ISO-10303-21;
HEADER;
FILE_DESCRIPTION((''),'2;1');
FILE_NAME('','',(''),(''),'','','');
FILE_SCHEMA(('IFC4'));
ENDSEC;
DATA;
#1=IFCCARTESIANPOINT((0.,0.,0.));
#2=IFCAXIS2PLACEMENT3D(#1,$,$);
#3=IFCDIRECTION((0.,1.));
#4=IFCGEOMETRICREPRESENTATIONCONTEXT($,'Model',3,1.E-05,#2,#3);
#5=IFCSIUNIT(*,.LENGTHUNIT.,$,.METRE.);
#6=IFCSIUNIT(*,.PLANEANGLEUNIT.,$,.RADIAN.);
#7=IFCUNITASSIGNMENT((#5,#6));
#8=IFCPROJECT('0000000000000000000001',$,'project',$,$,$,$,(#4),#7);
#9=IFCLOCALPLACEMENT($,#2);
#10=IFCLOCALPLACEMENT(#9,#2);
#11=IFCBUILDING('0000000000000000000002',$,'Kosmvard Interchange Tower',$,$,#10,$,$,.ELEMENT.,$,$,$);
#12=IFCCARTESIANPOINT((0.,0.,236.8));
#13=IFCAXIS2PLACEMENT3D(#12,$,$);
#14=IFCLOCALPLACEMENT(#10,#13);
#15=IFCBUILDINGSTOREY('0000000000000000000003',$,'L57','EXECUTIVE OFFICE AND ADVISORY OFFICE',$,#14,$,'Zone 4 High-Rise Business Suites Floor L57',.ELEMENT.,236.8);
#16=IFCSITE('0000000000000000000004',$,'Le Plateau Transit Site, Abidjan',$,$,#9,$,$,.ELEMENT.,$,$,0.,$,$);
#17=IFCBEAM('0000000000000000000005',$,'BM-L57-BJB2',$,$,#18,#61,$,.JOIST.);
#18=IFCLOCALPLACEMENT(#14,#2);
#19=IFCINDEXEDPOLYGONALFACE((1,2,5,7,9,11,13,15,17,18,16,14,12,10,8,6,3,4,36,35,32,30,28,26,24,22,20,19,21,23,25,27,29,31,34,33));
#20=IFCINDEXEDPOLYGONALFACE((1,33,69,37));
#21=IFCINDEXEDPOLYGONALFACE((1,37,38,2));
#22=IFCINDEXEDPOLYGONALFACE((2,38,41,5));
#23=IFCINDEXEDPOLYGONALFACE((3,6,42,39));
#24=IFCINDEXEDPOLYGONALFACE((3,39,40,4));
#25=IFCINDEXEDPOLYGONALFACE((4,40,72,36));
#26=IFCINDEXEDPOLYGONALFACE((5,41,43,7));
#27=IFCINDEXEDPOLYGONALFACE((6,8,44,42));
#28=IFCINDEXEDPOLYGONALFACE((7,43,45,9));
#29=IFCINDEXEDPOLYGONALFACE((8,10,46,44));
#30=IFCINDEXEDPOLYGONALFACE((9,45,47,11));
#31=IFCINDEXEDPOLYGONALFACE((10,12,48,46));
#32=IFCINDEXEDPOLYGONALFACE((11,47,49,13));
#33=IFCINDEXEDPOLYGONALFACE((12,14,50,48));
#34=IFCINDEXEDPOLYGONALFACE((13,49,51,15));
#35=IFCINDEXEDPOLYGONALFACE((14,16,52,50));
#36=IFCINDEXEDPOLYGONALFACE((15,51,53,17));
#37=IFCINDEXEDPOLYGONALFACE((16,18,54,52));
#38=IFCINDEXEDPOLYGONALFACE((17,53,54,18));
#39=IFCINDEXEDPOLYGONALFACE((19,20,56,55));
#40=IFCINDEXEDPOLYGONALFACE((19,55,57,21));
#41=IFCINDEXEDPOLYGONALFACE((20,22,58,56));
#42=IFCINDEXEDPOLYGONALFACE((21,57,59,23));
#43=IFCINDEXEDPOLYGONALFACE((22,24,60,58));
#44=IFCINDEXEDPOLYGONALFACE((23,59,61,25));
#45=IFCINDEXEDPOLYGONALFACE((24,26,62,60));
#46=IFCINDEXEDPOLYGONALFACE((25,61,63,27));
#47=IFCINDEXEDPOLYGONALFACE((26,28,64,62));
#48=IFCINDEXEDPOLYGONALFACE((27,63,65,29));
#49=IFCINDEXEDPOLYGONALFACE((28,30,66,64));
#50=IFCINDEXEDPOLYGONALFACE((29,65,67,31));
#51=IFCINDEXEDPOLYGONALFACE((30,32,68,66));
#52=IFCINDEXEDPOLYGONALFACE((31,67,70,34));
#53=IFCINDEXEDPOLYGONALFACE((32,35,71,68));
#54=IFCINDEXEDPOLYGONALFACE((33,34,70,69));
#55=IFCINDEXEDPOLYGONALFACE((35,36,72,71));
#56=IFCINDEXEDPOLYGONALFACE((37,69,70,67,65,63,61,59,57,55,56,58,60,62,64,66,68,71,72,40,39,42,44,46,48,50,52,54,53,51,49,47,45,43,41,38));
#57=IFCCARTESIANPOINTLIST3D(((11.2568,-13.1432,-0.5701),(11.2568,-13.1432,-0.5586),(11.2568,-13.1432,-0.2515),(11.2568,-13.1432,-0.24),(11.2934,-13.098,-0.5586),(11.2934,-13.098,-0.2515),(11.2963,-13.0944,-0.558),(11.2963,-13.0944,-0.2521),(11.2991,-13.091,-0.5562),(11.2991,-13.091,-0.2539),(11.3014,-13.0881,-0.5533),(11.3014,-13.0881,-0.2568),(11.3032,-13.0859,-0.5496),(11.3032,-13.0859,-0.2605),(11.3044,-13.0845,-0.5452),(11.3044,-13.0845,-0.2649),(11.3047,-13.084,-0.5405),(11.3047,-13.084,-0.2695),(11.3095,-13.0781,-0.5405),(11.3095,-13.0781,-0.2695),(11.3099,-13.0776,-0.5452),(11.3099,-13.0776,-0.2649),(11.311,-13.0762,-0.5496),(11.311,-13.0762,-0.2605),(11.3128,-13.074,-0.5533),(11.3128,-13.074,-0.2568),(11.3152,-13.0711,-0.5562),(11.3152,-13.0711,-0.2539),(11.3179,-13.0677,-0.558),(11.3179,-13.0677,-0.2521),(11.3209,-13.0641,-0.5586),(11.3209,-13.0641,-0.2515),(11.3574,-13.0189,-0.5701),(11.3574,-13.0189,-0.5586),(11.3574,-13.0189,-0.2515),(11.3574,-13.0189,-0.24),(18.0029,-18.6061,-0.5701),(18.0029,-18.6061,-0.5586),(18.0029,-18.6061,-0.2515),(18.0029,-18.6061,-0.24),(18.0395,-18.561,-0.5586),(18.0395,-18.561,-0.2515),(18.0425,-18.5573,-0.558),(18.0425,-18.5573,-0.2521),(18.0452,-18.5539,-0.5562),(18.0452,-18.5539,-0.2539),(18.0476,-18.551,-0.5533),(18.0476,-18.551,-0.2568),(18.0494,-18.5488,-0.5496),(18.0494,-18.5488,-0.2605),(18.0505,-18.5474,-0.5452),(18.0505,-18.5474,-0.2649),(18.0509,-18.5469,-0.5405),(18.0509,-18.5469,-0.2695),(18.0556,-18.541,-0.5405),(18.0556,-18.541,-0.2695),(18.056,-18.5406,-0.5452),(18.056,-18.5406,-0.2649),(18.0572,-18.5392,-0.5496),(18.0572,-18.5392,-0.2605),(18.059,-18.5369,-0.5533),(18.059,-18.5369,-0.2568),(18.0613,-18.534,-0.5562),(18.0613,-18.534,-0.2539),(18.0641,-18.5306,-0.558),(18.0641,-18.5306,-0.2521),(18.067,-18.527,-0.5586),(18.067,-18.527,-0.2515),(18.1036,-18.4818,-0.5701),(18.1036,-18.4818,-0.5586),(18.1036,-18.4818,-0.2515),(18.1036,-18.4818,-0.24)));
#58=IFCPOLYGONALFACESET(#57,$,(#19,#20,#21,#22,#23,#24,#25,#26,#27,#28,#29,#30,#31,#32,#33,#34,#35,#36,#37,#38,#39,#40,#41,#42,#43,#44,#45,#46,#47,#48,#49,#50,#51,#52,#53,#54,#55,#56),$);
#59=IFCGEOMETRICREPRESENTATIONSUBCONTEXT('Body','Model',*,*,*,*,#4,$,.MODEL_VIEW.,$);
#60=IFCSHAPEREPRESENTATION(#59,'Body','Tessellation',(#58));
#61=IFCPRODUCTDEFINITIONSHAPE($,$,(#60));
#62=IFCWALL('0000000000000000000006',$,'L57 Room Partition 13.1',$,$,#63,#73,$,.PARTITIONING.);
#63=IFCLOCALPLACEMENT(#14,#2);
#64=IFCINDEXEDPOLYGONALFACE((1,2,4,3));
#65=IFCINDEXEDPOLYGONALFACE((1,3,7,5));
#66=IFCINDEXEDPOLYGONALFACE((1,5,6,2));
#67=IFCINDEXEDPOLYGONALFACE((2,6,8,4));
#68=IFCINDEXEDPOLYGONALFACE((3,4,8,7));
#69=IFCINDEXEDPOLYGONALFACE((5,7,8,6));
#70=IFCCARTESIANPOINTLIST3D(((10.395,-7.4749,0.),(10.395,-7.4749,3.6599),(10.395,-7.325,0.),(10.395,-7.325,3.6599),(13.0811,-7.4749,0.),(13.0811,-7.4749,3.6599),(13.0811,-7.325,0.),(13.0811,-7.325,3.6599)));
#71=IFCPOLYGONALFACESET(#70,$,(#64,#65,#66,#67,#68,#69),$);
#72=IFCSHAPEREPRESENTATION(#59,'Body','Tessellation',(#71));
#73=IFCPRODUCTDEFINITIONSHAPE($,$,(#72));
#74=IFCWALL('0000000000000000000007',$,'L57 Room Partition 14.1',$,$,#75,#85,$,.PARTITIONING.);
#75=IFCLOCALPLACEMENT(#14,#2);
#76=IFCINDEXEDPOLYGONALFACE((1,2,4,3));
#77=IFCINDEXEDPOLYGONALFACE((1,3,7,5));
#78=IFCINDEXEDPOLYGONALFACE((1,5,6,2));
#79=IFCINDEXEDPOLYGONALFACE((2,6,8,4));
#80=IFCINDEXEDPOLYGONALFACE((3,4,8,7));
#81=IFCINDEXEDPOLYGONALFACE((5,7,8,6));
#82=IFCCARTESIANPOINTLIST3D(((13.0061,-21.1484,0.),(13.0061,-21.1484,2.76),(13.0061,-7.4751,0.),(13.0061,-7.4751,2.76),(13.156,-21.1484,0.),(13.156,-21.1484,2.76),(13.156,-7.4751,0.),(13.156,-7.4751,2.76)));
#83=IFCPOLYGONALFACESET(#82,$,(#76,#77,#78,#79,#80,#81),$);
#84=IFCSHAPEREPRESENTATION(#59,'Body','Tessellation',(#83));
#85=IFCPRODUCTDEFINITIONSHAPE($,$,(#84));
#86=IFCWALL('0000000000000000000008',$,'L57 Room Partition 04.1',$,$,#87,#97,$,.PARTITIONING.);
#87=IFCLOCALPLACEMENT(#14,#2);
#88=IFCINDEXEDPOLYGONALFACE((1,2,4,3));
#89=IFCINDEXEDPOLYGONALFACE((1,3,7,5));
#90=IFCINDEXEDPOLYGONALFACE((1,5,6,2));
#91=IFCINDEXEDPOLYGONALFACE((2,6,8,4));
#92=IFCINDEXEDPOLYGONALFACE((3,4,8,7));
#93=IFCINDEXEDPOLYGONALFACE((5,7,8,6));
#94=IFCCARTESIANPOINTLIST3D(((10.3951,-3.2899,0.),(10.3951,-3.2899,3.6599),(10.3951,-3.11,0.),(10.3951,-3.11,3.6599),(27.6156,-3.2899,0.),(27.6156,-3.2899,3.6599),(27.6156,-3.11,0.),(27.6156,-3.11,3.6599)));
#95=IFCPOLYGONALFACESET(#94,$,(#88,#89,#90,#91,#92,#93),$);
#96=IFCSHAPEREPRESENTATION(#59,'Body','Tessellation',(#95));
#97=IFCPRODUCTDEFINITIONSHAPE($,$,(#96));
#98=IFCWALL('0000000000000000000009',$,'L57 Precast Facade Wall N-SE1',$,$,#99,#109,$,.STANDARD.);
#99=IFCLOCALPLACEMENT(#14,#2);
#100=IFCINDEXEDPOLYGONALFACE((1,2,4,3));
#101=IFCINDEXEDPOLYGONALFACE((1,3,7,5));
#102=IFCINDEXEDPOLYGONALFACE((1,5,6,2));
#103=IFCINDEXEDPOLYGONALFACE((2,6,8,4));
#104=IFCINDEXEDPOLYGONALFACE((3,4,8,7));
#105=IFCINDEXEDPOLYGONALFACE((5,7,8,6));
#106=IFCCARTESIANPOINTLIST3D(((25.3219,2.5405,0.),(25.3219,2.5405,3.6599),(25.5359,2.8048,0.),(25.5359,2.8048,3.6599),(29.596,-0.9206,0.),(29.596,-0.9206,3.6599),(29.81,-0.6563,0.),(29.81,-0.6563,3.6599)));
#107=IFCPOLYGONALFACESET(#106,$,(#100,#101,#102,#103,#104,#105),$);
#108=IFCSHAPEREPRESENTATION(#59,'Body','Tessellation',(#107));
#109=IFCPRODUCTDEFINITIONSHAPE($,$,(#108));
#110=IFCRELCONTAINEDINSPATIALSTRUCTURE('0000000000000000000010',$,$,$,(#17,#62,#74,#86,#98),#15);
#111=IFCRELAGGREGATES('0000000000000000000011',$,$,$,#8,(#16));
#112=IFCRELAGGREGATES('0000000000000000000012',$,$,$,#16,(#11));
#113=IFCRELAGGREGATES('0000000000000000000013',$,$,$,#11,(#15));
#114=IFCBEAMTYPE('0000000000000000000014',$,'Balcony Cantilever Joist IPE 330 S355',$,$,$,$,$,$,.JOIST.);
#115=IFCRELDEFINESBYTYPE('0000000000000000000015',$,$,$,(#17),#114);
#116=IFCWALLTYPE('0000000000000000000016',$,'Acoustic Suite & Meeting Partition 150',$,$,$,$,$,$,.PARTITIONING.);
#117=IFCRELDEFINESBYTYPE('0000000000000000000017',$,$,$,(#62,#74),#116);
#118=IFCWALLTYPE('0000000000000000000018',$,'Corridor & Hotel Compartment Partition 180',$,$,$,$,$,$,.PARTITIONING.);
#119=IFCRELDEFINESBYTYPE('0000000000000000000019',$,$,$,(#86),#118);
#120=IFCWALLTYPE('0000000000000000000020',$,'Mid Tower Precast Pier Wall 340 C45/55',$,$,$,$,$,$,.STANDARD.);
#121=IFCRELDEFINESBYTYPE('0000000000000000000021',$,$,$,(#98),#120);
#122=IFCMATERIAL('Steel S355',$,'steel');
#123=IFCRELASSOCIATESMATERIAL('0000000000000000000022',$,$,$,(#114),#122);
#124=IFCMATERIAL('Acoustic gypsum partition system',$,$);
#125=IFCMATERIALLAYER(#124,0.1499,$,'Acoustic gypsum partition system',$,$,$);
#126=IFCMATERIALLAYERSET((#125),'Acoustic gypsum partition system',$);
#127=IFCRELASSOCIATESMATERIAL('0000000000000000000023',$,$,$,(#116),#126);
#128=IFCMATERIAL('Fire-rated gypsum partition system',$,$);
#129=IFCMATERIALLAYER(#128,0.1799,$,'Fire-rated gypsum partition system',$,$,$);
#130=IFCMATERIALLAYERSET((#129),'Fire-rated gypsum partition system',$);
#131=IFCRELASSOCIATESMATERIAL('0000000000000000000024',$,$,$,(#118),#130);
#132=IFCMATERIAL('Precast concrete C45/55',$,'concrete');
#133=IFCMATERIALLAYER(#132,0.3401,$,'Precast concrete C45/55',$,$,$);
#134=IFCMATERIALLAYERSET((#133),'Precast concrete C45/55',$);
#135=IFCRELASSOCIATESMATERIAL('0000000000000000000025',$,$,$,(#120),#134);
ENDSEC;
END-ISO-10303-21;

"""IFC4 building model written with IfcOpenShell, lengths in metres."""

from ifc_helpers import new_model, si_unit, direction, frame, frame_2d, origin, origin_2d, place, context, subcontext, project, spatial, rectangle, i_section, extrude, source, transform, mapped, material, layer, layer_set, material_profile, profile_set, type_object, element, save


model = new_model("IFC4")

# Units and contexts
model_context = context("Model", 3, precision=1e-05, world=origin(), true_north=direction((0.0, 1.0)))
body_context = subcontext(model_context, "Body", "Model", "MODEL_VIEW")
ifc_project = project(units=[si_unit("LENGTHUNIT", "METRE"), si_unit("PLANEANGLEUNIT", "RADIAN")], contexts=[model_context])

# Site, building, storey
site_placement = place(None, origin())
site = spatial("IfcSite", under=ifc_project, at=site_placement, Name="Le Plateau Transit Site, Abidjan", CompositionType="ELEMENT", RefElevation=0.0)
building_placement = place(site_placement, origin())
building = spatial("IfcBuilding", under=site, at=building_placement, Name="Kosmvard Interchange Tower", CompositionType="ELEMENT")
storey_placement = place(building_placement, frame((0.0, 0.0, 236.8)))
storey = spatial("IfcBuildingStorey", under=building, at=storey_placement, Name="L57", Description="EXECUTIVE OFFICE AND ADVISORY OFFICE", LongName="Zone 4 High-Rise Business Suites Floor L57", CompositionType="ELEMENT", Elevation=236.8)

# Beam
ifc_material_1 = material(Name="Steel S355", Category="steel")
ifc_material_2 = material(Name="Precast concrete C45/55", Category="concrete")
ifc_material_profile_1 = material_profile(ifc_material_1, i_section(OverallWidth=0.1599, OverallDepth=0.3301, WebThickness=0.0076, FlangeThickness=0.0115, FilletRadius=0.0181, at=origin_2d()), Name="IPE 330")
ifc_profile_set_1 = profile_set([ifc_material_profile_1], Name="Steel S355")
beam_type_1 = type_object("IfcBeamType", Name="Balcony Cantilever Joist IPE 330 S355", PredefinedType="JOIST", material=ifc_profile_set_1)
shared_shape_1 = source(origin(), body_context, "Body", "SweptSolid", [
    extrude(i_section(OverallWidth=0.1599, OverallDepth=0.3301, WebThickness=0.0076, FlangeThickness=0.0115, FilletRadius=0.0181, at=origin_2d()), origin(), (0.0, 0.0, 1.0), 8.6807),
])
beam_1_placement = place(storey_placement, frame((11.3071, -13.0811, -0.405), z_axis=(0.777145, -0.629321, 0.0), x_axis=(0.629321, 0.777145, 0.0)))
element("IfcBeam", 1, at=beam_1_placement, inside=storey, type_object=beam_type_1, Name="BM-L57-BJB2", PredefinedType="JOIST", context=body_context, shape_type="MappedRepresentation", body=[
    mapped(shared_shape_1, transform((0.0, 0.0, 0.0), scale=1.0)),
])

# Walls
ifc_material_3 = material(Name="Acoustic gypsum partition system")
ifc_layer_1 = layer(ifc_material_3, 0.1499, Name="Acoustic gypsum partition system")
ifc_layer_set_1 = layer_set([ifc_layer_1], Name="Acoustic gypsum partition system")
wall_type_1 = type_object("IfcWallType", Name="Acoustic Suite & Meeting Partition 150", PredefinedType="PARTITIONING", material=ifc_layer_set_1)
wall_1_placement = place(storey_placement, frame((10.395, -7.3999, 0.0), z_axis=(0.0, 0.0, 1.0), x_axis=(1.0, 0.0, 0.0)))
element("IfcWall", 2, at=wall_1_placement, inside=storey, type_object=wall_type_1, Name="L57 Room Partition 13.1", PredefinedType="PARTITIONING", context=body_context, shape_type="SweptSolid", body=[
    extrude(rectangle(XDim=2.686, YDim=0.1499, at=frame_2d((1.343, 0.0))), origin(), (0.0, 0.0, 1.0), 3.6599),
])
wall_2_placement = place(storey_placement, frame((13.0811, -7.4751, 0.0), z_axis=(0.0, 0.0, 1.0), x_axis=(0.0, -1.0, 0.0)))
element("IfcWall", 3, at=wall_2_placement, inside=storey, type_object=wall_type_1, Name="L57 Room Partition 14.1", PredefinedType="PARTITIONING", context=body_context, shape_type="SweptSolid", body=[
    extrude(rectangle(XDim=13.6733, YDim=0.1499, at=frame_2d((6.8367, 0.0))), origin(), (0.0, 0.0, 1.0), 2.76),
])
ifc_material_4 = material(Name="Fire-rated gypsum partition system")
ifc_layer_2 = layer(ifc_material_4, 0.1799, Name="Fire-rated gypsum partition system")
ifc_layer_set_2 = layer_set([ifc_layer_2], Name="Fire-rated gypsum partition system")
wall_type_2 = type_object("IfcWallType", Name="Corridor & Hotel Compartment Partition 180", PredefinedType="PARTITIONING", material=ifc_layer_set_2)
wall_3_placement = place(storey_placement, frame((10.395, -3.2, 0.0), z_axis=(0.0, 0.0, 1.0), x_axis=(1.0, 0.0, 0.0)))
element("IfcWall", 4, at=wall_3_placement, inside=storey, type_object=wall_type_2, Name="L57 Room Partition 04.1", PredefinedType="PARTITIONING", context=body_context, shape_type="SweptSolid", body=[
    extrude(rectangle(XDim=17.2205, YDim=0.1799, at=frame_2d((8.6104, 0.0))), origin(), (0.0, 0.0, 1.0), 3.6599),
])
ifc_layer_3 = layer(ifc_material_2, 0.3401, Name="Precast concrete C45/55")
ifc_layer_set_3 = layer_set([ifc_layer_3], Name="Precast concrete C45/55")
wall_type_3 = type_object("IfcWallType", Name="Mid Tower Precast Pier Wall 340 C45/55", PredefinedType="STANDARD", material=ifc_layer_set_3)
wall_4_placement = place(storey_placement, frame((29.7031, -0.7886, 0.0), z_axis=(0.0, 0.0, 1.0), x_axis=(-0.777144, 0.629323, 0.0)))
element("IfcWall", 5, at=wall_4_placement, inside=storey, type_object=wall_type_3, Name="L57 Precast Facade Wall N-SE1", PredefinedType="STANDARD", context=body_context, shape_type="SweptSolid", body=[
    extrude(rectangle(XDim=5.4998, YDim=0.3401, at=frame_2d((2.75, 0.0))), origin(), (0.0, 0.0, 1.0), 3.6599),
])

save(model, "model.ifc")
